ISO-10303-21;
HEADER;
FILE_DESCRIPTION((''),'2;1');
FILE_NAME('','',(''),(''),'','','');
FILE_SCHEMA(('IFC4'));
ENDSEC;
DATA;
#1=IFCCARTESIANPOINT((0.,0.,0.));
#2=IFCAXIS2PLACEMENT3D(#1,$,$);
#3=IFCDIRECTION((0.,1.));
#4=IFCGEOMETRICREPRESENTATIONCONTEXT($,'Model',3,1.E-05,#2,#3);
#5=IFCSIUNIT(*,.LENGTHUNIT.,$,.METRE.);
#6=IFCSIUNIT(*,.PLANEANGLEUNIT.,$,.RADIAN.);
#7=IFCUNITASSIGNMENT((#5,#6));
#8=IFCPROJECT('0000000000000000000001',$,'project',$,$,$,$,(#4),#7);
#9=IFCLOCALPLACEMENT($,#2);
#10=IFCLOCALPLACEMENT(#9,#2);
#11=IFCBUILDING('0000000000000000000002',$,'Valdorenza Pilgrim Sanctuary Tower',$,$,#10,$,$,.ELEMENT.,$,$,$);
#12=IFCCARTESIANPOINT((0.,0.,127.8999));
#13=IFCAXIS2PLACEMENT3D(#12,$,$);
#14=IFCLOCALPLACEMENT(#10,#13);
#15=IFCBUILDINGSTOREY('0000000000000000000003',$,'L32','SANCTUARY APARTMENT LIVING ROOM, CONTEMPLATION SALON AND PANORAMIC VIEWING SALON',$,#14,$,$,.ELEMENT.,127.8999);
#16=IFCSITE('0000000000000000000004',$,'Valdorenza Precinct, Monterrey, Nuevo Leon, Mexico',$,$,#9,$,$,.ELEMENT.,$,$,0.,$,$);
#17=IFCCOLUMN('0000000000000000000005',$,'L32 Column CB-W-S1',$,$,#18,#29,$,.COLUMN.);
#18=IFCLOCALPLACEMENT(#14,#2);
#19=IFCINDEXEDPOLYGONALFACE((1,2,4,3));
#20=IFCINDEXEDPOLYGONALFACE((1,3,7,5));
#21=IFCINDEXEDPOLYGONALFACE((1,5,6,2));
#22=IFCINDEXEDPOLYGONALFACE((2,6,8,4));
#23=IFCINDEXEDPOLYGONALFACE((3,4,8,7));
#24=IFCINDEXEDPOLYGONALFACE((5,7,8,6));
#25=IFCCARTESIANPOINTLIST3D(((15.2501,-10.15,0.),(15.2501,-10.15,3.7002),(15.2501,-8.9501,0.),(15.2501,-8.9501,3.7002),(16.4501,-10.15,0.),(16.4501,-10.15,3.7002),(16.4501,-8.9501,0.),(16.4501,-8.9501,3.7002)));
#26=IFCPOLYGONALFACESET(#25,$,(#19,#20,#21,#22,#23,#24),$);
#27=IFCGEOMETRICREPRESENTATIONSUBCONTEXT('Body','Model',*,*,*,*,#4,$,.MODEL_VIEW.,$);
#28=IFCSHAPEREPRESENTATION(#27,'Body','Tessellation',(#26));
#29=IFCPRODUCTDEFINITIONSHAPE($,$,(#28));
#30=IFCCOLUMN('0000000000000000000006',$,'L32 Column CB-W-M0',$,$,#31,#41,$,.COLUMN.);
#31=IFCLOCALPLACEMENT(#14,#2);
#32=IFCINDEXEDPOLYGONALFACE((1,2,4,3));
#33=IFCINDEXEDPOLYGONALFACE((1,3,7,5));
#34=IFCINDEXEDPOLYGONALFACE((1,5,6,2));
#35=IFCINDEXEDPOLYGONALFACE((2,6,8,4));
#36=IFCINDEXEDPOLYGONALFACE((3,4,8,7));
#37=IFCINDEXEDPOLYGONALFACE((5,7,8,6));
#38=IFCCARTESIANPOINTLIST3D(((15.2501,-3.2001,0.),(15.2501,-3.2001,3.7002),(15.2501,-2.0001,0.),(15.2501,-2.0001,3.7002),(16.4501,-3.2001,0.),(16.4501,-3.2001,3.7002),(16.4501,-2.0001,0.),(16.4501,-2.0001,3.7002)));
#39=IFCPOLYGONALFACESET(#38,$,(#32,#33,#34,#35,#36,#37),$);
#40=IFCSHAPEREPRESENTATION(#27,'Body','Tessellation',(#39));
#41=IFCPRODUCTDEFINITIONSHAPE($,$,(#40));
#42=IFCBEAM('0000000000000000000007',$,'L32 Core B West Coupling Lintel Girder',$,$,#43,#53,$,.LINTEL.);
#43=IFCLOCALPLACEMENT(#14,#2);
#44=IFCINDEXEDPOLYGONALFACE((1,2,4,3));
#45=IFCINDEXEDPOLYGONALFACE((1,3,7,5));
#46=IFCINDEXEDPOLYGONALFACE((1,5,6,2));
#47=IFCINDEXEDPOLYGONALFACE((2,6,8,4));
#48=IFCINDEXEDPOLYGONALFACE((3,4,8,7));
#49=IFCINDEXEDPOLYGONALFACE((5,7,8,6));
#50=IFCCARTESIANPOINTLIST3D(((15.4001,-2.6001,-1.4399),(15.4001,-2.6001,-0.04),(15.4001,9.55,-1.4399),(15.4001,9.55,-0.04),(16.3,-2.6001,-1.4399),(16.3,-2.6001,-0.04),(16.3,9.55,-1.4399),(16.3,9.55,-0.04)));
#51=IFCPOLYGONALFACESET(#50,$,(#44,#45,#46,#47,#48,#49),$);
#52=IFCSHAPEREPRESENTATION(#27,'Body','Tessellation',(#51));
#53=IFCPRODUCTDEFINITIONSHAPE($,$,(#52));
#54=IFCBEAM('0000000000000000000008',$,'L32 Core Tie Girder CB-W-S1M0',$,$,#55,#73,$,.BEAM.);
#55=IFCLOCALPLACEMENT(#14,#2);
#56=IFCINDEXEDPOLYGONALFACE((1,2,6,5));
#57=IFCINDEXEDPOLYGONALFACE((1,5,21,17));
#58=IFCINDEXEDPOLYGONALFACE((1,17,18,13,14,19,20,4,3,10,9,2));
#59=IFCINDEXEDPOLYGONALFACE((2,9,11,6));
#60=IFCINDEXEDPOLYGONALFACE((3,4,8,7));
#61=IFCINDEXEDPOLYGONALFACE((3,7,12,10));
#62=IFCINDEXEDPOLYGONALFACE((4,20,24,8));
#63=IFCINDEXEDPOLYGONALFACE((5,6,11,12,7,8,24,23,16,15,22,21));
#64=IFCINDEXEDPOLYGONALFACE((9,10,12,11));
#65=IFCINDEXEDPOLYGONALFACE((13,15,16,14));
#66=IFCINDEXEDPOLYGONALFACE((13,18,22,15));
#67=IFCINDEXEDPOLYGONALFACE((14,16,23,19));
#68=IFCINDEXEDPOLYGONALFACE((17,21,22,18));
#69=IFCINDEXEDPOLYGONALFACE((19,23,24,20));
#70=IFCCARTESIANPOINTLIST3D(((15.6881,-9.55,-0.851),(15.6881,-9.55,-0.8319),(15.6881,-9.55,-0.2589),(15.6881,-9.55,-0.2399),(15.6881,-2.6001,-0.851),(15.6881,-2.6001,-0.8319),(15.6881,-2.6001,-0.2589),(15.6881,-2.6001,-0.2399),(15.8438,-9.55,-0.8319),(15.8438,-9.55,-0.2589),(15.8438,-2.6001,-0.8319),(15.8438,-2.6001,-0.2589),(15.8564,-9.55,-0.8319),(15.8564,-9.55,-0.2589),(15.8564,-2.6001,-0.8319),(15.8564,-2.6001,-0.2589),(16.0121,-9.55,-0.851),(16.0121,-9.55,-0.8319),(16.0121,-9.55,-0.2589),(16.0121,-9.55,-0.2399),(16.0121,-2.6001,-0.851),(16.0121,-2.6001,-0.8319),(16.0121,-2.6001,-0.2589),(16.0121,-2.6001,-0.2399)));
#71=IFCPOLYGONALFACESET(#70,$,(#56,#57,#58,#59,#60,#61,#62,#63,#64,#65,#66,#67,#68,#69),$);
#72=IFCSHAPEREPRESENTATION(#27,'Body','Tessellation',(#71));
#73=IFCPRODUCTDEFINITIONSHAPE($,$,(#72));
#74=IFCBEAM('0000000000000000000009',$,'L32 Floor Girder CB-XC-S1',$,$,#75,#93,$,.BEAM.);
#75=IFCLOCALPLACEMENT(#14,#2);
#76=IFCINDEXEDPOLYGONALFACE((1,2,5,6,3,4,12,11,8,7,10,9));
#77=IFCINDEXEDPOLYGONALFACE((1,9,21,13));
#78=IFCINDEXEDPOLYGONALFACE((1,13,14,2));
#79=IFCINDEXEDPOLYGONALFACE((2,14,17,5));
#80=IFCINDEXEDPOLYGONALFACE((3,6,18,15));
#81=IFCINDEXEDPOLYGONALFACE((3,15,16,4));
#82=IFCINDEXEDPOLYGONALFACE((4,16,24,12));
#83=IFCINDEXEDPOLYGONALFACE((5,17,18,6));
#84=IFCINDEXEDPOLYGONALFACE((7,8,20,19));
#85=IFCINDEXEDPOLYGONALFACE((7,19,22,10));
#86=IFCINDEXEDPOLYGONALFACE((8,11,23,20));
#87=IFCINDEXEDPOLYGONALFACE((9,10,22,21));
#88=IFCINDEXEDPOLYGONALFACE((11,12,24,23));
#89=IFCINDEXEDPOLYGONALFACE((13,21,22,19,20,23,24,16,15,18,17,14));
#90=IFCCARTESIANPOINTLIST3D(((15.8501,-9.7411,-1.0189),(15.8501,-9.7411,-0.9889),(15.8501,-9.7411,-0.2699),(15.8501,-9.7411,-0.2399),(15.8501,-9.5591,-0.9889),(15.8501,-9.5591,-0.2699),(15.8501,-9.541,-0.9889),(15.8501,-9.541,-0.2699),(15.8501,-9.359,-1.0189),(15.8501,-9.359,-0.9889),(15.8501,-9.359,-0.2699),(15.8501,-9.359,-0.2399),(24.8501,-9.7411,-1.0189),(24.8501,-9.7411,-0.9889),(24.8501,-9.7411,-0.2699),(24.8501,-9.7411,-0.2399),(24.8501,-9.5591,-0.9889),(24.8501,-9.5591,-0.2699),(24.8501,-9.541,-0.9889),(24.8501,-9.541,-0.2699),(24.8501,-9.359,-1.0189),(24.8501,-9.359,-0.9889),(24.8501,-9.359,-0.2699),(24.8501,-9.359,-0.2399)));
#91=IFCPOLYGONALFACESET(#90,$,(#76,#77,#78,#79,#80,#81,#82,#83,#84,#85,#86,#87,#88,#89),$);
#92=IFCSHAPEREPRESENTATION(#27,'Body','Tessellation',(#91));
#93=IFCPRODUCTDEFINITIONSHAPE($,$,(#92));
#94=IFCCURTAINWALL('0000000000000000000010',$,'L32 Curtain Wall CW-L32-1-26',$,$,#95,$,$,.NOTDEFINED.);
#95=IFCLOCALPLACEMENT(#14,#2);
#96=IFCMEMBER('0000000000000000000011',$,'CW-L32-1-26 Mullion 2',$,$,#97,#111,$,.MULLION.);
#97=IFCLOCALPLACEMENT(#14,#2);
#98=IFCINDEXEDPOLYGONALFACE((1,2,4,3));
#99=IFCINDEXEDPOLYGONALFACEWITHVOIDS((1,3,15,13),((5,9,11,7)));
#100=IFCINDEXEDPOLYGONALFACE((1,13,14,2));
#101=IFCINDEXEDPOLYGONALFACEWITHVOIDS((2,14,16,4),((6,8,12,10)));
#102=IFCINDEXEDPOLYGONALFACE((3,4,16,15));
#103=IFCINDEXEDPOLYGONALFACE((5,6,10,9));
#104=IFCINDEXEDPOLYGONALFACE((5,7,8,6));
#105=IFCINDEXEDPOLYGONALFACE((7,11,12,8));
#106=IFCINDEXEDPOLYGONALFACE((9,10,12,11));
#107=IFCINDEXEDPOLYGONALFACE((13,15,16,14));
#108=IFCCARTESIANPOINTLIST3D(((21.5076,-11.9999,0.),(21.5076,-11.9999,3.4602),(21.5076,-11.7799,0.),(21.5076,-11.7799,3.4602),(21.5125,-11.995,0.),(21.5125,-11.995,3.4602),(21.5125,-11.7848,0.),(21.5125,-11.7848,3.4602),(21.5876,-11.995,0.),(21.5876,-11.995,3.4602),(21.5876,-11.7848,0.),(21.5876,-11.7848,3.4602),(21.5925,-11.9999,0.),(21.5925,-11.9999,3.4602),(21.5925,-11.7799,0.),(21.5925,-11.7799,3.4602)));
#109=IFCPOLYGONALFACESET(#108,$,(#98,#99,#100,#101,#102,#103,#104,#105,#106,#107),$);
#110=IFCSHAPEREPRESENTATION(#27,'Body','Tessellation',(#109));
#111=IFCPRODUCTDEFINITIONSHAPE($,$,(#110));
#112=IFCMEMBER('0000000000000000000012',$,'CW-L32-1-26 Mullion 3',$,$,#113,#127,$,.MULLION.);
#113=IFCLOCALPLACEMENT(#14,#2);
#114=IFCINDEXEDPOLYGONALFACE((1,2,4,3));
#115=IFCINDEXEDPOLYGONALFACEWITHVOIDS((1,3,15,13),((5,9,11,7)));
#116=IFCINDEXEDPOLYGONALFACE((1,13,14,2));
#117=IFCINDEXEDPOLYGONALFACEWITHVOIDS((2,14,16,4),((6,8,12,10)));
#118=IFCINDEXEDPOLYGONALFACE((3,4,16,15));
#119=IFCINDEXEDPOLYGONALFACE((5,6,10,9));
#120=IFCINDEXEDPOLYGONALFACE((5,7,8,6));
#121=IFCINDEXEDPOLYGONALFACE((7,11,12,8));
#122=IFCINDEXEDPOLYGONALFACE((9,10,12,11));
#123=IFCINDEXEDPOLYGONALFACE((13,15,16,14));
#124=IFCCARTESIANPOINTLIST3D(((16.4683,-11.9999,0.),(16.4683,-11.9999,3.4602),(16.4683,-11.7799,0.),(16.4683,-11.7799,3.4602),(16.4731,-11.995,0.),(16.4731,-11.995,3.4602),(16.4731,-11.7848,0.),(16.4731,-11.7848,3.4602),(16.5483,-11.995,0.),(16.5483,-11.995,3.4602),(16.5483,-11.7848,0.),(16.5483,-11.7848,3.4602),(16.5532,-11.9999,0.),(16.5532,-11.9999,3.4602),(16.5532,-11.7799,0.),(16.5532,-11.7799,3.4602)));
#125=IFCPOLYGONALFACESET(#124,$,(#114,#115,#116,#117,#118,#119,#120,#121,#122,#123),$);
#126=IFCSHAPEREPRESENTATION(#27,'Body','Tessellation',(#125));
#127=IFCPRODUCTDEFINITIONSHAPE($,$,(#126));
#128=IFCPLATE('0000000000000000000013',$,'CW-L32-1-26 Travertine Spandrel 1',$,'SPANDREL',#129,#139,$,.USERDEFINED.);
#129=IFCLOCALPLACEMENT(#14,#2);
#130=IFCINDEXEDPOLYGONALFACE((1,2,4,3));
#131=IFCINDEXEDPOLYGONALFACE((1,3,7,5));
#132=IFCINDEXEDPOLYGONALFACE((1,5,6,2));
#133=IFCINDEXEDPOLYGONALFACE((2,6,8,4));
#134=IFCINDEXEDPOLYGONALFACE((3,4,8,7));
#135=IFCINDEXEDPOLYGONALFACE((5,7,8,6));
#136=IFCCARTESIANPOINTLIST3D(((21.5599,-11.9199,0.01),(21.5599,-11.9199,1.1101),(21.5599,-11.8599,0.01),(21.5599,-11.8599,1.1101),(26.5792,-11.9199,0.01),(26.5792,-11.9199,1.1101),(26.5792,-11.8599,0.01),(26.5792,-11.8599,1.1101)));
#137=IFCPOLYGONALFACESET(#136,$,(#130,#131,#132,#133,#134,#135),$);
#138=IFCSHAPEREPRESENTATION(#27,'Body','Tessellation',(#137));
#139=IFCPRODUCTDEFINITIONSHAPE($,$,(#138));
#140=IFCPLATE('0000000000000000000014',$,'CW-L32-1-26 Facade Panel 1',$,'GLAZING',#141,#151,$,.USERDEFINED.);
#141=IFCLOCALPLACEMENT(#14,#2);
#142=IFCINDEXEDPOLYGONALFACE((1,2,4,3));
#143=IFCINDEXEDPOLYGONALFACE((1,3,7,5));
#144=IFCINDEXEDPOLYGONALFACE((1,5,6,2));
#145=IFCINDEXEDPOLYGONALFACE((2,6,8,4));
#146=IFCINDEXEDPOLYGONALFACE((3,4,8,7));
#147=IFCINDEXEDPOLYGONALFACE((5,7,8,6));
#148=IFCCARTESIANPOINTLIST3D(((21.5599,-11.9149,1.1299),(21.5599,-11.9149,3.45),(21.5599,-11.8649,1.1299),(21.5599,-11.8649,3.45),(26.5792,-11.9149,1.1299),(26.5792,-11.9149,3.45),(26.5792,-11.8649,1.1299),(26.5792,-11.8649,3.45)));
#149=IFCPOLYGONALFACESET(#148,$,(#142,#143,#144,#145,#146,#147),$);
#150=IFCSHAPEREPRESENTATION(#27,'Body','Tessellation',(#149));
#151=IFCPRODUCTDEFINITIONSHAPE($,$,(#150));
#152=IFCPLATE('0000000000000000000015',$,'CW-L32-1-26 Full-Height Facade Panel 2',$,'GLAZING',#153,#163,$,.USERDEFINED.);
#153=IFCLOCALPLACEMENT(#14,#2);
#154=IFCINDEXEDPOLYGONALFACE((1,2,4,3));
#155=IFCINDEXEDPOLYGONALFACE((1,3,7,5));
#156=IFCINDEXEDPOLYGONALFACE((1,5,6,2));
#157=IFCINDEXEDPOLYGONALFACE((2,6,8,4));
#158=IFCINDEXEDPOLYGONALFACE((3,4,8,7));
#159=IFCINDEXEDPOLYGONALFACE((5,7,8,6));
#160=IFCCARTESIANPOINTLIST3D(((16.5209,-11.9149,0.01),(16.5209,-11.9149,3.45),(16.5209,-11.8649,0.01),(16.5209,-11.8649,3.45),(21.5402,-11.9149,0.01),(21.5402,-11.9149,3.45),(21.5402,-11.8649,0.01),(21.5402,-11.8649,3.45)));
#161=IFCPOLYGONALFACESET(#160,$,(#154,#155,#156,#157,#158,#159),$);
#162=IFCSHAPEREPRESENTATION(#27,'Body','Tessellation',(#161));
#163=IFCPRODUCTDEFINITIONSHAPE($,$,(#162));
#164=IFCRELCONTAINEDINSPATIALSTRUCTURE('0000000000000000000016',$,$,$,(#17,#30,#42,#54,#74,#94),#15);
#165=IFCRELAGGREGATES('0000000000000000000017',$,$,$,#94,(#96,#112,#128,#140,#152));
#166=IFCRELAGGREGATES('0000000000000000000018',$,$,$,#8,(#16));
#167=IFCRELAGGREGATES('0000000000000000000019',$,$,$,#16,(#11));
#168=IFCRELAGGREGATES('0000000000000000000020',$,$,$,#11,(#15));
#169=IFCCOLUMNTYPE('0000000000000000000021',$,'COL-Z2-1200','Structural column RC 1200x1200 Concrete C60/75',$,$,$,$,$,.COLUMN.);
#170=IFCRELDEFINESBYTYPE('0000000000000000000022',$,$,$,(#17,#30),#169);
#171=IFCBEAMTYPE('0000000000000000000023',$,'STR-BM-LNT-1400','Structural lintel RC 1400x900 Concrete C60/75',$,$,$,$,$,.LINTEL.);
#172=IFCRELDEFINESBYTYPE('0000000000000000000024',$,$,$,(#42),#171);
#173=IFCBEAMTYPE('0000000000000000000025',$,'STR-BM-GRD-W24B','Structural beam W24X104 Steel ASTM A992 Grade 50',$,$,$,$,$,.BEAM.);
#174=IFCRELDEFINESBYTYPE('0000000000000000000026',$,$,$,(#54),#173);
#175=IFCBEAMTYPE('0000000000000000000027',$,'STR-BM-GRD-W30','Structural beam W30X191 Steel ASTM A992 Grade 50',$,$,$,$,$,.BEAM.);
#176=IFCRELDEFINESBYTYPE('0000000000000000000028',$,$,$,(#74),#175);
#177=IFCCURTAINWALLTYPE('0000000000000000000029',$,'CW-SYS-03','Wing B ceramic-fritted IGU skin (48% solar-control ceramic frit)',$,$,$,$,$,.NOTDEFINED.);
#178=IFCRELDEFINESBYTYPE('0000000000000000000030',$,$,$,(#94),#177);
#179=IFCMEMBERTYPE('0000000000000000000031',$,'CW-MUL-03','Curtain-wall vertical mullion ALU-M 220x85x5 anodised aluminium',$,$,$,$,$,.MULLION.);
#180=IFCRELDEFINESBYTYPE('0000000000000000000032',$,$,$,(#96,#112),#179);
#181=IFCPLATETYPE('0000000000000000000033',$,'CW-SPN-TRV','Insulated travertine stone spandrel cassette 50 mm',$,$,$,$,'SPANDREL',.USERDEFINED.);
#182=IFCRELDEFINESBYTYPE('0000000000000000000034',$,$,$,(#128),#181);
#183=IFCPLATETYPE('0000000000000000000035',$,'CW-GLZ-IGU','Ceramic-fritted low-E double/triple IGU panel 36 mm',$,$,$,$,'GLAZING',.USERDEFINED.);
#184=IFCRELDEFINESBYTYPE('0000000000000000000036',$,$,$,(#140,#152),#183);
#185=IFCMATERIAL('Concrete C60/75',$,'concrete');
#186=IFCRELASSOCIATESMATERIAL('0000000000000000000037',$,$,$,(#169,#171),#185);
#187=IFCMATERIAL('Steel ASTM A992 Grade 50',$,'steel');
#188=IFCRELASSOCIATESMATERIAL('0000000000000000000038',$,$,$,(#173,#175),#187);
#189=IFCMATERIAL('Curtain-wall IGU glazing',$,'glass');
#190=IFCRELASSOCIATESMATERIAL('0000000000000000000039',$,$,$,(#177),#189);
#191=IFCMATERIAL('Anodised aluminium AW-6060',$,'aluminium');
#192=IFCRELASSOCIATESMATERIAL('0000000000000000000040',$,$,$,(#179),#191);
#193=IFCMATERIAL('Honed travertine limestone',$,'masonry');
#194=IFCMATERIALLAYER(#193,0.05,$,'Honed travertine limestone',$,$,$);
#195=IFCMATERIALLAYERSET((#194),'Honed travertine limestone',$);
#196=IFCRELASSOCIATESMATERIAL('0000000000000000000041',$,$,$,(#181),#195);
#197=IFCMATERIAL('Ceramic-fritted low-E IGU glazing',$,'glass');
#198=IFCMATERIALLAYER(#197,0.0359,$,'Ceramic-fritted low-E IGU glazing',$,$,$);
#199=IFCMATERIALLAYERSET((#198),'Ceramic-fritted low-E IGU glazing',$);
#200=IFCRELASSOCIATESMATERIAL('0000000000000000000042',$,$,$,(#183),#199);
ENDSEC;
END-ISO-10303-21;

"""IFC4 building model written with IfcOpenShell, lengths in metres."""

from ifc_helpers import new_model, si_unit, direction, frame, origin, origin_2d, place, context, subcontext, project, spatial, rectangle, hollow_rectangle, i_section, extrude, source, transform, mapped, material, layer, layer_set, material_profile, profile_set, type_object, element, aggregate, save


model = new_model("IFC4")

# Units and contexts
model_context = context("Model", 3, precision=1e-05, world=origin(), true_north=direction((0.0, 1.0)))
body_context = subcontext(model_context, "Body", "Model", "MODEL_VIEW")
ifc_project = project(units=[si_unit("LENGTHUNIT", "METRE"), si_unit("PLANEANGLEUNIT", "RADIAN")], contexts=[model_context])

# Site, building, storey
site_placement = place(None, origin())
site = spatial("IfcSite", under=ifc_project, at=site_placement, Name="Valdorenza Precinct, Monterrey, Nuevo Leon, Mexico", CompositionType="ELEMENT", RefElevation=0.0)
building_placement = place(site_placement, origin())
building = spatial("IfcBuilding", under=site, at=building_placement, Name="Valdorenza Pilgrim Sanctuary Tower", CompositionType="ELEMENT")
storey_placement = place(building_placement, frame((0.0, 0.0, 127.8999)))
storey = spatial("IfcBuildingStorey", under=building, at=storey_placement, Name="L32", Description="SANCTUARY APARTMENT LIVING ROOM, CONTEMPLATION SALON AND PANORAMIC VIEWING SALON", CompositionType="ELEMENT", Elevation=127.8999)

# Columns
ifc_material_1 = material(Name="Concrete C60/75", Category="concrete")
ifc_material_profile_1 = material_profile(ifc_material_1, rectangle(XDim=1.2, YDim=1.2, at=origin_2d()), Name="RC 1200x1200")
ifc_profile_set_1 = profile_set([ifc_material_profile_1], Name="Concrete C60/75")
column_type = type_object("IfcColumnType", Name="COL-Z2-1200", Description="Structural column RC 1200x1200 Concrete C60/75", PredefinedType="COLUMN", material=ifc_profile_set_1)
shared_shape_1 = source(origin(), body_context, "Body", "SweptSolid", [
    extrude(rectangle(XDim=1.2, YDim=1.2, at=origin_2d()), origin(), (0.0, 0.0, 1.0), 3.7002),
])
for number, where, z_axis, x_axis, name in (
    (1, (15.8501, -9.55, 0.0), (0.0, 0.0, 1.0), (1.0, 0.0, 0.0), "L32 Column CB-W-S1"),
    (2, (15.8501, -2.6001, 0.0), (0.0, 0.0, 1.0), (1.0, 0.0, 0.0), "L32 Column CB-W-M0"),
):
    element("IfcColumn", number, at=place(storey_placement, frame(where, z_axis=z_axis, x_axis=x_axis)), inside=storey, type_object=column_type, Name=name, PredefinedType="COLUMN", context=body_context, shape_type="MappedRepresentation", body=[
        mapped(shared_shape_1, transform((0.0, 0.0, 0.0), x_axis=(1.0, 0.0, 0.0), y_axis=(0.0, 1.0, 0.0), z_axis=(0.0, 0.0, 1.0), scale=1.0)),
    ])

# Beams
ifc_material_profile_2 = material_profile(ifc_material_1, rectangle(XDim=0.8999, YDim=1.3999, at=origin_2d()), Name="RC 1400x900")
ifc_profile_set_2 = profile_set([ifc_material_profile_2], Name="Concrete C60/75")
beam_type_1 = type_object("IfcBeamType", Name="STR-BM-LNT-1400", Description="Structural lintel RC 1400x900 Concrete C60/75", PredefinedType="LINTEL", material=ifc_profile_set_2)
shared_shape_2 = source(origin(), body_context, "Body", "SweptSolid", [
    extrude(rectangle(XDim=0.8999, YDim=1.3999, at=origin_2d()), origin(), (0.0, 0.0, 1.0), 12.1501),
])
beam_1_placement = place(storey_placement, frame((15.8501, -2.6001, -0.74), z_axis=(0.0, 1.0, 0.0), x_axis=(-1.0, 0.0, 0.0)))
element("IfcBeam", 3, at=beam_1_placement, inside=storey, type_object=beam_type_1, Name="L32 Core B West Coupling Lintel Girder", PredefinedType="LINTEL", context=body_context, shape_type="MappedRepresentation", body=[
    mapped(shared_shape_2, transform((0.0, 0.0, 0.0), x_axis=(1.0, 0.0, 0.0), y_axis=(0.0, 1.0, 0.0), z_axis=(0.0, 0.0, 1.0), scale=1.0)),
])
ifc_material_2 = material(Name="Steel ASTM A992 Grade 50", Category="steel")
ifc_material_profile_3 = material_profile(ifc_material_2, i_section(OverallWidth=0.324, OverallDepth=0.6111, WebThickness=0.0127, FlangeThickness=0.019, at=origin_2d()), Name="W24X104")
ifc_profile_set_3 = profile_set([ifc_material_profile_3], Name="Steel ASTM A992 Grade 50")
beam_type_2 = type_object("IfcBeamType", Name="STR-BM-GRD-W24B", Description="Structural beam W24X104 Steel ASTM A992 Grade 50", PredefinedType="BEAM", material=ifc_profile_set_3)
shared_shape_3 = source(origin(), body_context, "Body", "SweptSolid", [
    extrude(i_section(OverallWidth=0.324, OverallDepth=0.6111, WebThickness=0.0127, FlangeThickness=0.019, at=origin_2d()), origin(), (0.0, 0.0, 1.0), 6.95),
])
beam_2_placement = place(storey_placement, frame((15.8501, -9.55, -0.5454), z_axis=(0.0, 1.0, 0.0), x_axis=(-1.0, 0.0, 0.0)))
element("IfcBeam", 4, at=beam_2_placement, inside=storey, type_object=beam_type_2, Name="L32 Core Tie Girder CB-W-S1M0", PredefinedType="BEAM", context=body_context, shape_type="MappedRepresentation", body=[
    mapped(shared_shape_3, transform((0.0, 0.0, 0.0), x_axis=(1.0, 0.0, 0.0), y_axis=(0.0, 1.0, 0.0), z_axis=(0.0, 0.0, 1.0), scale=1.0)),
])
ifc_material_profile_4 = material_profile(ifc_material_2, i_section(OverallWidth=0.3821, OverallDepth=0.7791, WebThickness=0.0181, FlangeThickness=0.03, at=origin_2d()), Name="W30X191")
ifc_profile_set_4 = profile_set([ifc_material_profile_4], Name="Steel ASTM A992 Grade 50")
beam_type_3 = type_object("IfcBeamType", Name="STR-BM-GRD-W30", Description="Structural beam W30X191 Steel ASTM A992 Grade 50", PredefinedType="BEAM", material=ifc_profile_set_4)
shared_shape_4 = source(origin(), body_context, "Body", "SweptSolid", [
    extrude(i_section(OverallWidth=0.3821, OverallDepth=0.7791, WebThickness=0.0181, FlangeThickness=0.03, at=origin_2d()), origin(), (0.0, 0.0, 1.0), 9.0),
])
beam_3_placement = place(storey_placement, frame((15.8501, -9.55, -0.6294), z_axis=(1.0, 0.0, 0.0), x_axis=(0.0, 1.0, 0.0)))
element("IfcBeam", 5, at=beam_3_placement, inside=storey, type_object=beam_type_3, Name="L32 Floor Girder CB-XC-S1", PredefinedType="BEAM", context=body_context, shape_type="MappedRepresentation", body=[
    mapped(shared_shape_4, transform((0.0, 0.0, 0.0), x_axis=(1.0, 0.0, 0.0), y_axis=(0.0, 1.0, 0.0), z_axis=(0.0, 0.0, 1.0), scale=1.0)),
])

# Curtain wall, members, plates
ifc_material_3 = material(Name="Curtain-wall IGU glazing", Category="glass")
curtain_wall_type = type_object("IfcCurtainWallType", Name="CW-SYS-03", Description="Wing B ceramic-fritted IGU skin (48% solar-control ceramic frit)", PredefinedType="NOTDEFINED", material=ifc_material_3)
curtain_wall_placement = place(storey_placement, origin())
curtain_wall = element("IfcCurtainWall", 6, at=curtain_wall_placement, inside=storey, type_object=curtain_wall_type, Name="L32 Curtain Wall CW-L32-1-26", PredefinedType="NOTDEFINED")
ifc_material_4 = material(Name="Anodised aluminium AW-6060", Category="aluminium")
ifc_material_profile_5 = material_profile(ifc_material_4, hollow_rectangle(XDim=0.085, YDim=0.22, WallThickness=0.0049, at=origin_2d()), Name="ALU-M 220x85x5")
ifc_profile_set_5 = profile_set([ifc_material_profile_5], Name="Anodised aluminium AW-6060")
member_type = type_object("IfcMemberType", Name="CW-MUL-03", Description="Curtain-wall vertical mullion ALU-M 220x85x5 anodised aluminium", PredefinedType="MULLION", material=ifc_profile_set_5)
shared_shape_5 = source(origin(), body_context, "Body", "SweptSolid", [
    extrude(hollow_rectangle(XDim=0.085, YDim=0.22, WallThickness=0.0049, at=origin_2d()), origin(), (0.0, 0.0, 1.0), 3.4602),
])
member_1_placement = place(storey_placement, frame((21.55, -11.8899, 0.0), z_axis=(0.0, 0.0, 1.0), x_axis=(-1.0, 0.0, 0.0)))
member_1 = element("IfcMember", 7, at=member_1_placement, type_object=member_type, Name="CW-L32-1-26 Mullion 2", PredefinedType="MULLION", context=body_context, shape_type="MappedRepresentation", body=[
    mapped(shared_shape_5, transform((0.0, 0.0, 0.0), x_axis=(1.0, 0.0, 0.0), y_axis=(0.0, 1.0, 0.0), z_axis=(0.0, 0.0, 1.0), scale=1.0)),
])
member_2_placement = place(storey_placement, frame((16.5107, -11.8899, 0.0), z_axis=(0.0, 0.0, 1.0), x_axis=(-1.0, 0.0, 0.0)))
member_2 = element("IfcMember", 8, at=member_2_placement, type_object=member_type, Name="CW-L32-1-26 Mullion 3", PredefinedType="MULLION", context=body_context, shape_type="MappedRepresentation", body=[
    mapped(shared_shape_5, transform((0.0, 0.0, 0.0), x_axis=(1.0, 0.0, 0.0), y_axis=(0.0, 1.0, 0.0), z_axis=(0.0, 0.0, 1.0), scale=1.0)),
])
ifc_material_5 = material(Name="Honed travertine limestone", Category="masonry")
ifc_layer_1 = layer(ifc_material_5, 0.05, Name="Honed travertine limestone")
ifc_layer_set_1 = layer_set([ifc_layer_1], Name="Honed travertine limestone")
plate_type_1 = type_object("IfcPlateType", Name="CW-SPN-TRV", Description="Insulated travertine stone spandrel cassette 50 mm", ElementType="SPANDREL", PredefinedType="USERDEFINED", material=ifc_layer_set_1)
shared_shape_6 = source(origin(), body_context, "Body", "SweptSolid", [
    extrude(rectangle(XDim=5.0193, YDim=0.0601, at=origin_2d()), origin(), (0.0, 0.0, 1.0), 1.1001),
])
plate_1_placement = place(storey_placement, frame((24.0696, -11.8899, 0.01), z_axis=(0.0, 0.0, 1.0), x_axis=(-1.0, 0.0, 0.0)))
plate_1 = element("IfcPlate", 9, at=plate_1_placement, type_object=plate_type_1, Name="CW-L32-1-26 Travertine Spandrel 1", ObjectType="SPANDREL", PredefinedType="USERDEFINED", context=body_context, shape_type="MappedRepresentation", body=[
    mapped(shared_shape_6, transform((0.0, 0.0, 0.0), x_axis=(1.0, 0.0, 0.0), y_axis=(0.0, 1.0, 0.0), z_axis=(0.0, 0.0, 1.0), scale=1.0)),
])
ifc_material_6 = material(Name="Ceramic-fritted low-E IGU glazing", Category="glass")
ifc_layer_2 = layer(ifc_material_6, 0.0359, Name="Ceramic-fritted low-E IGU glazing")
ifc_layer_set_2 = layer_set([ifc_layer_2], Name="Ceramic-fritted low-E IGU glazing")
plate_type_2 = type_object("IfcPlateType", Name="CW-GLZ-IGU", Description="Ceramic-fritted low-E double/triple IGU panel 36 mm", ElementType="GLAZING", PredefinedType="USERDEFINED", material=ifc_layer_set_2)
shared_shape_7 = source(origin(), body_context, "Body", "SweptSolid", [
    extrude(rectangle(XDim=5.0193, YDim=0.05, at=origin_2d()), origin(), (0.0, 0.0, 1.0), 2.3201),
])
plate_2_placement = place(storey_placement, frame((24.0696, -11.8899, 1.1299), z_axis=(0.0, 0.0, 1.0), x_axis=(-1.0, 0.0, 0.0)))
plate_2 = element("IfcPlate", 10, at=plate_2_placement, type_object=plate_type_2, Name="CW-L32-1-26 Facade Panel 1", ObjectType="GLAZING", PredefinedType="USERDEFINED", context=body_context, shape_type="MappedRepresentation", body=[
    mapped(shared_shape_7, transform((0.0, 0.0, 0.0), x_axis=(1.0, 0.0, 0.0), y_axis=(0.0, 1.0, 0.0), z_axis=(0.0, 0.0, 1.0), scale=1.0)),
])
shared_shape_8 = source(origin(), body_context, "Body", "SweptSolid", [
    extrude(rectangle(XDim=5.0193, YDim=0.05, at=origin_2d()), origin(), (0.0, 0.0, 1.0), 3.4399),
])
plate_3_placement = place(storey_placement, frame((19.0305, -11.8899, 0.01), z_axis=(0.0, 0.0, 1.0), x_axis=(-1.0, 0.0, 0.0)))
plate_3 = element("IfcPlate", 11, at=plate_3_placement, type_object=plate_type_2, Name="CW-L32-1-26 Full-Height Facade Panel 2", ObjectType="GLAZING", PredefinedType="USERDEFINED", context=body_context, shape_type="MappedRepresentation", body=[
    mapped(shared_shape_8, transform((0.0, 0.0, 0.0), x_axis=(1.0, 0.0, 0.0), y_axis=(0.0, 1.0, 0.0), z_axis=(0.0, 0.0, 1.0), scale=1.0)),
])
aggregate(curtain_wall, [member_1, member_2, plate_1, plate_2, plate_3])

save(model, "model.ifc")
